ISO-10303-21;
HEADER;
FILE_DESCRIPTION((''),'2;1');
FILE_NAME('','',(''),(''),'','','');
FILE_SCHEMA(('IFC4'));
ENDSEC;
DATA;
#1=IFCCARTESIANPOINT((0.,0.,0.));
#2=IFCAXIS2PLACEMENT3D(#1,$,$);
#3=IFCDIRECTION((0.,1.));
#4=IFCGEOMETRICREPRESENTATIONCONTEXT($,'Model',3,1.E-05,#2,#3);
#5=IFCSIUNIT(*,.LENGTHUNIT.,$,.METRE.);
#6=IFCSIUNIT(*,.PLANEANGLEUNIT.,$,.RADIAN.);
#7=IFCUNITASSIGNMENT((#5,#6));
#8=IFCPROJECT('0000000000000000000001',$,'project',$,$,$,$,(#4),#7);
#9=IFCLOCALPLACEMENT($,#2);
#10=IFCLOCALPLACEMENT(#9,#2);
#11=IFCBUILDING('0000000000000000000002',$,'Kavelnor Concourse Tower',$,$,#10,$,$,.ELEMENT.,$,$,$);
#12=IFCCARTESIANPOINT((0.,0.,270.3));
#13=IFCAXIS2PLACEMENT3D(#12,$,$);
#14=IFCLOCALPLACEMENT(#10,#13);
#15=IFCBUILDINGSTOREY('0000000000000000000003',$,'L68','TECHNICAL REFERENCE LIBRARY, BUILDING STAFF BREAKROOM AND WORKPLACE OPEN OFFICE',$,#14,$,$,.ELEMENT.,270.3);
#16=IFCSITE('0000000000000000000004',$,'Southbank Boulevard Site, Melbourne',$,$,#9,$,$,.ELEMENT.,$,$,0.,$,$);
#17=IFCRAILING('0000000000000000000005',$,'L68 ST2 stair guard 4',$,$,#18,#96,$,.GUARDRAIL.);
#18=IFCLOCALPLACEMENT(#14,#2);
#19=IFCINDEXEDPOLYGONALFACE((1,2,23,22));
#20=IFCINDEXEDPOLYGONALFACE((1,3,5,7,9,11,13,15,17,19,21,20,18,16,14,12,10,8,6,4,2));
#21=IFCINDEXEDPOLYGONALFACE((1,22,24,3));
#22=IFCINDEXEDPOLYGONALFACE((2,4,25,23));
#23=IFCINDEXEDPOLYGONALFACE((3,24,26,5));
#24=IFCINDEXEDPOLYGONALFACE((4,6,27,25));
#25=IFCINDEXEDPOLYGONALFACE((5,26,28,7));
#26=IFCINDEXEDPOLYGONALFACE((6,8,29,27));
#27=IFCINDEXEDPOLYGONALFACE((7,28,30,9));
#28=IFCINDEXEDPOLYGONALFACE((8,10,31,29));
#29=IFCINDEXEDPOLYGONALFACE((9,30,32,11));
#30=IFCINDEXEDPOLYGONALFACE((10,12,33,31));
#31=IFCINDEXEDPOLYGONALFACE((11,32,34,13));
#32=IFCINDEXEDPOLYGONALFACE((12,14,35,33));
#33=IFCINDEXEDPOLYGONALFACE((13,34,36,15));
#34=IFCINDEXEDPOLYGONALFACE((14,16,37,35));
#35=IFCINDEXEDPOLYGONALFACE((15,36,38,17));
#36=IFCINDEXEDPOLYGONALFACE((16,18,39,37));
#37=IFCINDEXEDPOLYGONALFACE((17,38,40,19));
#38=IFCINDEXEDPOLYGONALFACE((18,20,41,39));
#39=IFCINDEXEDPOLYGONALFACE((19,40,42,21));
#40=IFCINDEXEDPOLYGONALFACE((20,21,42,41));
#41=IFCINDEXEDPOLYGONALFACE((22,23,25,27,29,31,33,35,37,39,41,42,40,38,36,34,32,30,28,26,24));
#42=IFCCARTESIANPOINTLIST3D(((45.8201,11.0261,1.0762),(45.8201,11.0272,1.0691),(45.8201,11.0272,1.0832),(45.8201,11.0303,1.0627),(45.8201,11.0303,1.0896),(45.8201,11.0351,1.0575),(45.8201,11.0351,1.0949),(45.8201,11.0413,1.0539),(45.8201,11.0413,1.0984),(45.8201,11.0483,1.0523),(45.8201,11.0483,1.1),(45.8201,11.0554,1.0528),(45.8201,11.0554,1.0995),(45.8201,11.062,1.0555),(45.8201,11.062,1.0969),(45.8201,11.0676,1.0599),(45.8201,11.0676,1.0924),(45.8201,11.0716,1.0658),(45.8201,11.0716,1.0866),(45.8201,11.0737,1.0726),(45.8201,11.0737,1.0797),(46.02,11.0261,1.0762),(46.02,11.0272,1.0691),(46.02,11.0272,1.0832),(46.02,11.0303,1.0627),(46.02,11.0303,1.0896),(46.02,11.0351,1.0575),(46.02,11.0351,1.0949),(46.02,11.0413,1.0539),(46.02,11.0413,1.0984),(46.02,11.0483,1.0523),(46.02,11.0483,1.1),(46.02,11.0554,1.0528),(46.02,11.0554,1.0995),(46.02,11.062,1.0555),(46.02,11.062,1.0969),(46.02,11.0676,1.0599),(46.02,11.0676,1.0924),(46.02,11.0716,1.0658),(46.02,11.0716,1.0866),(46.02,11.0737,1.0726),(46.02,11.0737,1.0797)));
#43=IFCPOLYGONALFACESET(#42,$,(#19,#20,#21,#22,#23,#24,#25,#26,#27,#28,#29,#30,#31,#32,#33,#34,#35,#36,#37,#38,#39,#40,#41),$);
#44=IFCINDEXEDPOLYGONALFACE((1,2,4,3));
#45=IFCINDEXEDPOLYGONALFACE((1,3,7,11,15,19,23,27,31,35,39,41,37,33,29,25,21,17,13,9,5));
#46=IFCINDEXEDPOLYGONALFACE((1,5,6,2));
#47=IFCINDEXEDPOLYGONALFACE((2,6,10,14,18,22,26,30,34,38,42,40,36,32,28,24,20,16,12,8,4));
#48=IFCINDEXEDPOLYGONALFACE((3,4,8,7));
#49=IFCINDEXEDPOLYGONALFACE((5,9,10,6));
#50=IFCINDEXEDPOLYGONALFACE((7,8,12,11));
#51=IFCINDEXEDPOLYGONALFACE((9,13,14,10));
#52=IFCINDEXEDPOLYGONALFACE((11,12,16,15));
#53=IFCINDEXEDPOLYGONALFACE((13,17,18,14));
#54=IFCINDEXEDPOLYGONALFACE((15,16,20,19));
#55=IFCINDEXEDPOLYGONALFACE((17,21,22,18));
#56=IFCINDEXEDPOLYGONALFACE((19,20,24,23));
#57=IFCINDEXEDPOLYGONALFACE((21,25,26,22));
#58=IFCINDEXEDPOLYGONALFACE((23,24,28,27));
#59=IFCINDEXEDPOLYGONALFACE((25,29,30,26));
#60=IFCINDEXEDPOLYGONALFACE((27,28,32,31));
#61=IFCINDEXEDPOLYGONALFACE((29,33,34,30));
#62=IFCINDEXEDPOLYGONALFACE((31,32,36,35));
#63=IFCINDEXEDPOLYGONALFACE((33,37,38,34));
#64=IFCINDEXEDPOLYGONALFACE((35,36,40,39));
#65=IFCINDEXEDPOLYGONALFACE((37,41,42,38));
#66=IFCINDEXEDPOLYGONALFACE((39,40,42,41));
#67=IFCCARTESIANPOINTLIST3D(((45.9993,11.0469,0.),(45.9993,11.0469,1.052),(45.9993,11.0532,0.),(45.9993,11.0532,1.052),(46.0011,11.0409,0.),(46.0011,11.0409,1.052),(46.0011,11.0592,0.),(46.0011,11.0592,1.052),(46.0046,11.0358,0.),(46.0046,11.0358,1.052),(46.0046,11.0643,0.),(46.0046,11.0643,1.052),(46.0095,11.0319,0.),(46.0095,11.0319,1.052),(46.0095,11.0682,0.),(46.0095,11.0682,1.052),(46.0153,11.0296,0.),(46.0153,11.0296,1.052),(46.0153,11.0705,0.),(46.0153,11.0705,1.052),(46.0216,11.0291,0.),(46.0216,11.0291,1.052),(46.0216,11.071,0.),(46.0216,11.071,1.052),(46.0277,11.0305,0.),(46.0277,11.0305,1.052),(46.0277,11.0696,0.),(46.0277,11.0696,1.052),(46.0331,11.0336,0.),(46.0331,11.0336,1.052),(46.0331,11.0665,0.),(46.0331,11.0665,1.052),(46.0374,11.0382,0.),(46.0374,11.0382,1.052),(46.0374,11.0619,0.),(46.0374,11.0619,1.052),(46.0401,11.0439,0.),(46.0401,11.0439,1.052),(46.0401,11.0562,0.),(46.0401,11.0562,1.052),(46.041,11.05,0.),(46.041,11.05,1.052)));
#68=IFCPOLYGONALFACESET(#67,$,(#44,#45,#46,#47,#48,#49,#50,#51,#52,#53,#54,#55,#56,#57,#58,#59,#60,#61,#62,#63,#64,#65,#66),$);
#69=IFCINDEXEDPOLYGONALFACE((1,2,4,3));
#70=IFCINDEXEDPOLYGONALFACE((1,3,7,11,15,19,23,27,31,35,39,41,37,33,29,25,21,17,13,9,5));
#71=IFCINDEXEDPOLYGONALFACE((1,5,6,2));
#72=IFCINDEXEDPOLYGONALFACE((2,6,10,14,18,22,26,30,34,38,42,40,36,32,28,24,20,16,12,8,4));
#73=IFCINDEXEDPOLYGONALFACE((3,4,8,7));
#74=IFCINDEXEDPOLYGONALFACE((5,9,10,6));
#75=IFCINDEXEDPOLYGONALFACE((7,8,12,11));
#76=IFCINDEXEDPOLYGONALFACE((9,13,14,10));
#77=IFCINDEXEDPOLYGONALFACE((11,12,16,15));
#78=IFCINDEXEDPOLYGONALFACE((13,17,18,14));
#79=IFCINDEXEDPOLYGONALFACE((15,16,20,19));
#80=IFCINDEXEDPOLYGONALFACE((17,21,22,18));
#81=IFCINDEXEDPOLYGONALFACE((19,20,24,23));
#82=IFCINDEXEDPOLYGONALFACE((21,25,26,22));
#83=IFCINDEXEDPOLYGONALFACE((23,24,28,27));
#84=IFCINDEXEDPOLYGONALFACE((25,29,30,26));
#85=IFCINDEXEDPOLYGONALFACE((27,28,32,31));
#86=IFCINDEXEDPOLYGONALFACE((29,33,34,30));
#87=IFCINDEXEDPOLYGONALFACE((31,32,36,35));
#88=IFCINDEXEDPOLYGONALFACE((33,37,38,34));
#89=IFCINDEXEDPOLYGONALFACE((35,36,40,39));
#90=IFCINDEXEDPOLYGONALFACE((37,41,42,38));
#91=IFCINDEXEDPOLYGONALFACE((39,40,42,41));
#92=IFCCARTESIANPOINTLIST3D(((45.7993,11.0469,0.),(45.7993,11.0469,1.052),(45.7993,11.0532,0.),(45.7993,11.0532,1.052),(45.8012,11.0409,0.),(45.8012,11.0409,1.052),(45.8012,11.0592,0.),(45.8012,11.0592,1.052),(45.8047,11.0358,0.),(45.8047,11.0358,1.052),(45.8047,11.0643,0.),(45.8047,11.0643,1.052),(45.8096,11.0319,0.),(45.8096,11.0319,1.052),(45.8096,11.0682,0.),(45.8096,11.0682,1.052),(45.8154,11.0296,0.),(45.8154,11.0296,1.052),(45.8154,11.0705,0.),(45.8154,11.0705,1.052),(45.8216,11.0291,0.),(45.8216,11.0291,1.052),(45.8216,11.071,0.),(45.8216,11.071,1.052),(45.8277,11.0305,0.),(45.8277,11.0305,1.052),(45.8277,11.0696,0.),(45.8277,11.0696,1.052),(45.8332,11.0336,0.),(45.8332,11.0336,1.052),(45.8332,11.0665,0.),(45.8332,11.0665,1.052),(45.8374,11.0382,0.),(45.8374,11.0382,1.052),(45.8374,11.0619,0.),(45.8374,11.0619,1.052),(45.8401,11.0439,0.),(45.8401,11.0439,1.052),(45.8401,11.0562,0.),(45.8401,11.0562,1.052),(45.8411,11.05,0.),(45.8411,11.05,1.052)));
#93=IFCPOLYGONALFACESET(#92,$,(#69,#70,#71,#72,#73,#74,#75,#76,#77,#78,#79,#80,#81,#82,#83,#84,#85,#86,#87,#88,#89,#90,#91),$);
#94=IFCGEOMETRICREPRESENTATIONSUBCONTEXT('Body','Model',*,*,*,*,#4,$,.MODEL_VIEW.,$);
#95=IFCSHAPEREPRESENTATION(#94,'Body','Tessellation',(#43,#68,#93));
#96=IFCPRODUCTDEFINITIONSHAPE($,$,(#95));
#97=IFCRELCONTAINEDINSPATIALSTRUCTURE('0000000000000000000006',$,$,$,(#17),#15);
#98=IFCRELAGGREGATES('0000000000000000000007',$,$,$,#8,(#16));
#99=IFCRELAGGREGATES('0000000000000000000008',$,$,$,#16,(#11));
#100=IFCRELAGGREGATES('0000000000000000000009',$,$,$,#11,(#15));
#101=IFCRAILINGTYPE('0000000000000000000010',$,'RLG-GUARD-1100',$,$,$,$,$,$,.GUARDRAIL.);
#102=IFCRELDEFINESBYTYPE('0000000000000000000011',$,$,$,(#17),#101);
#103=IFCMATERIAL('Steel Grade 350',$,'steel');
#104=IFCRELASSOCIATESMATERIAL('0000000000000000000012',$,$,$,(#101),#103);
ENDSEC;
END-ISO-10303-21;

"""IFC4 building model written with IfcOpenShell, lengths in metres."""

from ifc_helpers import new_model, si_unit, direction, frame, origin, origin_2d, place, context, subcontext, project, spatial, circle, extrude, material, type_object, element, save


model = new_model("IFC4")

# Units and contexts
model_context = context("Model", 3, precision=1e-05, world=origin(), true_north=direction((0.0, 1.0)))
body_context = subcontext(model_context, "Body", "Model", "MODEL_VIEW")
ifc_project = project(units=[si_unit("LENGTHUNIT", "METRE"), si_unit("PLANEANGLEUNIT", "RADIAN")], contexts=[model_context])

# Site, building, storey
site_placement = place(None, origin())
site = spatial("IfcSite", under=ifc_project, at=site_placement, Name="Southbank Boulevard Site, Melbourne", CompositionType="ELEMENT", RefElevation=0.0)
building_placement = place(site_placement, origin())
building = spatial("IfcBuilding", under=site, at=building_placement, Name="Kavelnor Concourse Tower", CompositionType="ELEMENT")
storey_placement = place(building_placement, frame((0.0, 0.0, 270.3)))
storey = spatial("IfcBuildingStorey", under=building, at=storey_placement, Name="L68", Description="TECHNICAL REFERENCE LIBRARY, BUILDING STAFF BREAKROOM AND WORKPLACE OPEN OFFICE", CompositionType="ELEMENT", Elevation=270.3)

# Shared definitions
ifc_material_1 = material(Name="Steel Grade 350", Category="steel")

# Railing
railing_type_1 = type_object("IfcRailingType", Name="RLG-GUARD-1100", PredefinedType="GUARDRAIL", material=ifc_material_1)
railing_1_placement = place(storey_placement, frame((46.02, 11.05, 0.0)))
element("IfcRailing", 1, at=railing_1_placement, inside=storey, type_object=railing_type_1, Name="L68 ST2 stair guard 4", PredefinedType="GUARDRAIL", context=body_context, shape_type="SweptSolid", body=[
    extrude(circle(Radius=0.0239, at=origin_2d()), frame((0.0, 0.0, 1.0762), z_axis=(-1.0, 0.0, 0.0), x_axis=(0.0, -1.0, 0.0)), (0.0, 0.0, 1.0), 0.2),
    extrude(circle(Radius=0.021, at=origin_2d()), origin(), (0.0, 0.0, 1.0), 1.052),
    extrude(circle(Radius=0.021, at=origin_2d()), frame((-0.2, 0.0, 0.0)), (0.0, 0.0, 1.0), 1.052),
])

save(model, "model.ifc")
